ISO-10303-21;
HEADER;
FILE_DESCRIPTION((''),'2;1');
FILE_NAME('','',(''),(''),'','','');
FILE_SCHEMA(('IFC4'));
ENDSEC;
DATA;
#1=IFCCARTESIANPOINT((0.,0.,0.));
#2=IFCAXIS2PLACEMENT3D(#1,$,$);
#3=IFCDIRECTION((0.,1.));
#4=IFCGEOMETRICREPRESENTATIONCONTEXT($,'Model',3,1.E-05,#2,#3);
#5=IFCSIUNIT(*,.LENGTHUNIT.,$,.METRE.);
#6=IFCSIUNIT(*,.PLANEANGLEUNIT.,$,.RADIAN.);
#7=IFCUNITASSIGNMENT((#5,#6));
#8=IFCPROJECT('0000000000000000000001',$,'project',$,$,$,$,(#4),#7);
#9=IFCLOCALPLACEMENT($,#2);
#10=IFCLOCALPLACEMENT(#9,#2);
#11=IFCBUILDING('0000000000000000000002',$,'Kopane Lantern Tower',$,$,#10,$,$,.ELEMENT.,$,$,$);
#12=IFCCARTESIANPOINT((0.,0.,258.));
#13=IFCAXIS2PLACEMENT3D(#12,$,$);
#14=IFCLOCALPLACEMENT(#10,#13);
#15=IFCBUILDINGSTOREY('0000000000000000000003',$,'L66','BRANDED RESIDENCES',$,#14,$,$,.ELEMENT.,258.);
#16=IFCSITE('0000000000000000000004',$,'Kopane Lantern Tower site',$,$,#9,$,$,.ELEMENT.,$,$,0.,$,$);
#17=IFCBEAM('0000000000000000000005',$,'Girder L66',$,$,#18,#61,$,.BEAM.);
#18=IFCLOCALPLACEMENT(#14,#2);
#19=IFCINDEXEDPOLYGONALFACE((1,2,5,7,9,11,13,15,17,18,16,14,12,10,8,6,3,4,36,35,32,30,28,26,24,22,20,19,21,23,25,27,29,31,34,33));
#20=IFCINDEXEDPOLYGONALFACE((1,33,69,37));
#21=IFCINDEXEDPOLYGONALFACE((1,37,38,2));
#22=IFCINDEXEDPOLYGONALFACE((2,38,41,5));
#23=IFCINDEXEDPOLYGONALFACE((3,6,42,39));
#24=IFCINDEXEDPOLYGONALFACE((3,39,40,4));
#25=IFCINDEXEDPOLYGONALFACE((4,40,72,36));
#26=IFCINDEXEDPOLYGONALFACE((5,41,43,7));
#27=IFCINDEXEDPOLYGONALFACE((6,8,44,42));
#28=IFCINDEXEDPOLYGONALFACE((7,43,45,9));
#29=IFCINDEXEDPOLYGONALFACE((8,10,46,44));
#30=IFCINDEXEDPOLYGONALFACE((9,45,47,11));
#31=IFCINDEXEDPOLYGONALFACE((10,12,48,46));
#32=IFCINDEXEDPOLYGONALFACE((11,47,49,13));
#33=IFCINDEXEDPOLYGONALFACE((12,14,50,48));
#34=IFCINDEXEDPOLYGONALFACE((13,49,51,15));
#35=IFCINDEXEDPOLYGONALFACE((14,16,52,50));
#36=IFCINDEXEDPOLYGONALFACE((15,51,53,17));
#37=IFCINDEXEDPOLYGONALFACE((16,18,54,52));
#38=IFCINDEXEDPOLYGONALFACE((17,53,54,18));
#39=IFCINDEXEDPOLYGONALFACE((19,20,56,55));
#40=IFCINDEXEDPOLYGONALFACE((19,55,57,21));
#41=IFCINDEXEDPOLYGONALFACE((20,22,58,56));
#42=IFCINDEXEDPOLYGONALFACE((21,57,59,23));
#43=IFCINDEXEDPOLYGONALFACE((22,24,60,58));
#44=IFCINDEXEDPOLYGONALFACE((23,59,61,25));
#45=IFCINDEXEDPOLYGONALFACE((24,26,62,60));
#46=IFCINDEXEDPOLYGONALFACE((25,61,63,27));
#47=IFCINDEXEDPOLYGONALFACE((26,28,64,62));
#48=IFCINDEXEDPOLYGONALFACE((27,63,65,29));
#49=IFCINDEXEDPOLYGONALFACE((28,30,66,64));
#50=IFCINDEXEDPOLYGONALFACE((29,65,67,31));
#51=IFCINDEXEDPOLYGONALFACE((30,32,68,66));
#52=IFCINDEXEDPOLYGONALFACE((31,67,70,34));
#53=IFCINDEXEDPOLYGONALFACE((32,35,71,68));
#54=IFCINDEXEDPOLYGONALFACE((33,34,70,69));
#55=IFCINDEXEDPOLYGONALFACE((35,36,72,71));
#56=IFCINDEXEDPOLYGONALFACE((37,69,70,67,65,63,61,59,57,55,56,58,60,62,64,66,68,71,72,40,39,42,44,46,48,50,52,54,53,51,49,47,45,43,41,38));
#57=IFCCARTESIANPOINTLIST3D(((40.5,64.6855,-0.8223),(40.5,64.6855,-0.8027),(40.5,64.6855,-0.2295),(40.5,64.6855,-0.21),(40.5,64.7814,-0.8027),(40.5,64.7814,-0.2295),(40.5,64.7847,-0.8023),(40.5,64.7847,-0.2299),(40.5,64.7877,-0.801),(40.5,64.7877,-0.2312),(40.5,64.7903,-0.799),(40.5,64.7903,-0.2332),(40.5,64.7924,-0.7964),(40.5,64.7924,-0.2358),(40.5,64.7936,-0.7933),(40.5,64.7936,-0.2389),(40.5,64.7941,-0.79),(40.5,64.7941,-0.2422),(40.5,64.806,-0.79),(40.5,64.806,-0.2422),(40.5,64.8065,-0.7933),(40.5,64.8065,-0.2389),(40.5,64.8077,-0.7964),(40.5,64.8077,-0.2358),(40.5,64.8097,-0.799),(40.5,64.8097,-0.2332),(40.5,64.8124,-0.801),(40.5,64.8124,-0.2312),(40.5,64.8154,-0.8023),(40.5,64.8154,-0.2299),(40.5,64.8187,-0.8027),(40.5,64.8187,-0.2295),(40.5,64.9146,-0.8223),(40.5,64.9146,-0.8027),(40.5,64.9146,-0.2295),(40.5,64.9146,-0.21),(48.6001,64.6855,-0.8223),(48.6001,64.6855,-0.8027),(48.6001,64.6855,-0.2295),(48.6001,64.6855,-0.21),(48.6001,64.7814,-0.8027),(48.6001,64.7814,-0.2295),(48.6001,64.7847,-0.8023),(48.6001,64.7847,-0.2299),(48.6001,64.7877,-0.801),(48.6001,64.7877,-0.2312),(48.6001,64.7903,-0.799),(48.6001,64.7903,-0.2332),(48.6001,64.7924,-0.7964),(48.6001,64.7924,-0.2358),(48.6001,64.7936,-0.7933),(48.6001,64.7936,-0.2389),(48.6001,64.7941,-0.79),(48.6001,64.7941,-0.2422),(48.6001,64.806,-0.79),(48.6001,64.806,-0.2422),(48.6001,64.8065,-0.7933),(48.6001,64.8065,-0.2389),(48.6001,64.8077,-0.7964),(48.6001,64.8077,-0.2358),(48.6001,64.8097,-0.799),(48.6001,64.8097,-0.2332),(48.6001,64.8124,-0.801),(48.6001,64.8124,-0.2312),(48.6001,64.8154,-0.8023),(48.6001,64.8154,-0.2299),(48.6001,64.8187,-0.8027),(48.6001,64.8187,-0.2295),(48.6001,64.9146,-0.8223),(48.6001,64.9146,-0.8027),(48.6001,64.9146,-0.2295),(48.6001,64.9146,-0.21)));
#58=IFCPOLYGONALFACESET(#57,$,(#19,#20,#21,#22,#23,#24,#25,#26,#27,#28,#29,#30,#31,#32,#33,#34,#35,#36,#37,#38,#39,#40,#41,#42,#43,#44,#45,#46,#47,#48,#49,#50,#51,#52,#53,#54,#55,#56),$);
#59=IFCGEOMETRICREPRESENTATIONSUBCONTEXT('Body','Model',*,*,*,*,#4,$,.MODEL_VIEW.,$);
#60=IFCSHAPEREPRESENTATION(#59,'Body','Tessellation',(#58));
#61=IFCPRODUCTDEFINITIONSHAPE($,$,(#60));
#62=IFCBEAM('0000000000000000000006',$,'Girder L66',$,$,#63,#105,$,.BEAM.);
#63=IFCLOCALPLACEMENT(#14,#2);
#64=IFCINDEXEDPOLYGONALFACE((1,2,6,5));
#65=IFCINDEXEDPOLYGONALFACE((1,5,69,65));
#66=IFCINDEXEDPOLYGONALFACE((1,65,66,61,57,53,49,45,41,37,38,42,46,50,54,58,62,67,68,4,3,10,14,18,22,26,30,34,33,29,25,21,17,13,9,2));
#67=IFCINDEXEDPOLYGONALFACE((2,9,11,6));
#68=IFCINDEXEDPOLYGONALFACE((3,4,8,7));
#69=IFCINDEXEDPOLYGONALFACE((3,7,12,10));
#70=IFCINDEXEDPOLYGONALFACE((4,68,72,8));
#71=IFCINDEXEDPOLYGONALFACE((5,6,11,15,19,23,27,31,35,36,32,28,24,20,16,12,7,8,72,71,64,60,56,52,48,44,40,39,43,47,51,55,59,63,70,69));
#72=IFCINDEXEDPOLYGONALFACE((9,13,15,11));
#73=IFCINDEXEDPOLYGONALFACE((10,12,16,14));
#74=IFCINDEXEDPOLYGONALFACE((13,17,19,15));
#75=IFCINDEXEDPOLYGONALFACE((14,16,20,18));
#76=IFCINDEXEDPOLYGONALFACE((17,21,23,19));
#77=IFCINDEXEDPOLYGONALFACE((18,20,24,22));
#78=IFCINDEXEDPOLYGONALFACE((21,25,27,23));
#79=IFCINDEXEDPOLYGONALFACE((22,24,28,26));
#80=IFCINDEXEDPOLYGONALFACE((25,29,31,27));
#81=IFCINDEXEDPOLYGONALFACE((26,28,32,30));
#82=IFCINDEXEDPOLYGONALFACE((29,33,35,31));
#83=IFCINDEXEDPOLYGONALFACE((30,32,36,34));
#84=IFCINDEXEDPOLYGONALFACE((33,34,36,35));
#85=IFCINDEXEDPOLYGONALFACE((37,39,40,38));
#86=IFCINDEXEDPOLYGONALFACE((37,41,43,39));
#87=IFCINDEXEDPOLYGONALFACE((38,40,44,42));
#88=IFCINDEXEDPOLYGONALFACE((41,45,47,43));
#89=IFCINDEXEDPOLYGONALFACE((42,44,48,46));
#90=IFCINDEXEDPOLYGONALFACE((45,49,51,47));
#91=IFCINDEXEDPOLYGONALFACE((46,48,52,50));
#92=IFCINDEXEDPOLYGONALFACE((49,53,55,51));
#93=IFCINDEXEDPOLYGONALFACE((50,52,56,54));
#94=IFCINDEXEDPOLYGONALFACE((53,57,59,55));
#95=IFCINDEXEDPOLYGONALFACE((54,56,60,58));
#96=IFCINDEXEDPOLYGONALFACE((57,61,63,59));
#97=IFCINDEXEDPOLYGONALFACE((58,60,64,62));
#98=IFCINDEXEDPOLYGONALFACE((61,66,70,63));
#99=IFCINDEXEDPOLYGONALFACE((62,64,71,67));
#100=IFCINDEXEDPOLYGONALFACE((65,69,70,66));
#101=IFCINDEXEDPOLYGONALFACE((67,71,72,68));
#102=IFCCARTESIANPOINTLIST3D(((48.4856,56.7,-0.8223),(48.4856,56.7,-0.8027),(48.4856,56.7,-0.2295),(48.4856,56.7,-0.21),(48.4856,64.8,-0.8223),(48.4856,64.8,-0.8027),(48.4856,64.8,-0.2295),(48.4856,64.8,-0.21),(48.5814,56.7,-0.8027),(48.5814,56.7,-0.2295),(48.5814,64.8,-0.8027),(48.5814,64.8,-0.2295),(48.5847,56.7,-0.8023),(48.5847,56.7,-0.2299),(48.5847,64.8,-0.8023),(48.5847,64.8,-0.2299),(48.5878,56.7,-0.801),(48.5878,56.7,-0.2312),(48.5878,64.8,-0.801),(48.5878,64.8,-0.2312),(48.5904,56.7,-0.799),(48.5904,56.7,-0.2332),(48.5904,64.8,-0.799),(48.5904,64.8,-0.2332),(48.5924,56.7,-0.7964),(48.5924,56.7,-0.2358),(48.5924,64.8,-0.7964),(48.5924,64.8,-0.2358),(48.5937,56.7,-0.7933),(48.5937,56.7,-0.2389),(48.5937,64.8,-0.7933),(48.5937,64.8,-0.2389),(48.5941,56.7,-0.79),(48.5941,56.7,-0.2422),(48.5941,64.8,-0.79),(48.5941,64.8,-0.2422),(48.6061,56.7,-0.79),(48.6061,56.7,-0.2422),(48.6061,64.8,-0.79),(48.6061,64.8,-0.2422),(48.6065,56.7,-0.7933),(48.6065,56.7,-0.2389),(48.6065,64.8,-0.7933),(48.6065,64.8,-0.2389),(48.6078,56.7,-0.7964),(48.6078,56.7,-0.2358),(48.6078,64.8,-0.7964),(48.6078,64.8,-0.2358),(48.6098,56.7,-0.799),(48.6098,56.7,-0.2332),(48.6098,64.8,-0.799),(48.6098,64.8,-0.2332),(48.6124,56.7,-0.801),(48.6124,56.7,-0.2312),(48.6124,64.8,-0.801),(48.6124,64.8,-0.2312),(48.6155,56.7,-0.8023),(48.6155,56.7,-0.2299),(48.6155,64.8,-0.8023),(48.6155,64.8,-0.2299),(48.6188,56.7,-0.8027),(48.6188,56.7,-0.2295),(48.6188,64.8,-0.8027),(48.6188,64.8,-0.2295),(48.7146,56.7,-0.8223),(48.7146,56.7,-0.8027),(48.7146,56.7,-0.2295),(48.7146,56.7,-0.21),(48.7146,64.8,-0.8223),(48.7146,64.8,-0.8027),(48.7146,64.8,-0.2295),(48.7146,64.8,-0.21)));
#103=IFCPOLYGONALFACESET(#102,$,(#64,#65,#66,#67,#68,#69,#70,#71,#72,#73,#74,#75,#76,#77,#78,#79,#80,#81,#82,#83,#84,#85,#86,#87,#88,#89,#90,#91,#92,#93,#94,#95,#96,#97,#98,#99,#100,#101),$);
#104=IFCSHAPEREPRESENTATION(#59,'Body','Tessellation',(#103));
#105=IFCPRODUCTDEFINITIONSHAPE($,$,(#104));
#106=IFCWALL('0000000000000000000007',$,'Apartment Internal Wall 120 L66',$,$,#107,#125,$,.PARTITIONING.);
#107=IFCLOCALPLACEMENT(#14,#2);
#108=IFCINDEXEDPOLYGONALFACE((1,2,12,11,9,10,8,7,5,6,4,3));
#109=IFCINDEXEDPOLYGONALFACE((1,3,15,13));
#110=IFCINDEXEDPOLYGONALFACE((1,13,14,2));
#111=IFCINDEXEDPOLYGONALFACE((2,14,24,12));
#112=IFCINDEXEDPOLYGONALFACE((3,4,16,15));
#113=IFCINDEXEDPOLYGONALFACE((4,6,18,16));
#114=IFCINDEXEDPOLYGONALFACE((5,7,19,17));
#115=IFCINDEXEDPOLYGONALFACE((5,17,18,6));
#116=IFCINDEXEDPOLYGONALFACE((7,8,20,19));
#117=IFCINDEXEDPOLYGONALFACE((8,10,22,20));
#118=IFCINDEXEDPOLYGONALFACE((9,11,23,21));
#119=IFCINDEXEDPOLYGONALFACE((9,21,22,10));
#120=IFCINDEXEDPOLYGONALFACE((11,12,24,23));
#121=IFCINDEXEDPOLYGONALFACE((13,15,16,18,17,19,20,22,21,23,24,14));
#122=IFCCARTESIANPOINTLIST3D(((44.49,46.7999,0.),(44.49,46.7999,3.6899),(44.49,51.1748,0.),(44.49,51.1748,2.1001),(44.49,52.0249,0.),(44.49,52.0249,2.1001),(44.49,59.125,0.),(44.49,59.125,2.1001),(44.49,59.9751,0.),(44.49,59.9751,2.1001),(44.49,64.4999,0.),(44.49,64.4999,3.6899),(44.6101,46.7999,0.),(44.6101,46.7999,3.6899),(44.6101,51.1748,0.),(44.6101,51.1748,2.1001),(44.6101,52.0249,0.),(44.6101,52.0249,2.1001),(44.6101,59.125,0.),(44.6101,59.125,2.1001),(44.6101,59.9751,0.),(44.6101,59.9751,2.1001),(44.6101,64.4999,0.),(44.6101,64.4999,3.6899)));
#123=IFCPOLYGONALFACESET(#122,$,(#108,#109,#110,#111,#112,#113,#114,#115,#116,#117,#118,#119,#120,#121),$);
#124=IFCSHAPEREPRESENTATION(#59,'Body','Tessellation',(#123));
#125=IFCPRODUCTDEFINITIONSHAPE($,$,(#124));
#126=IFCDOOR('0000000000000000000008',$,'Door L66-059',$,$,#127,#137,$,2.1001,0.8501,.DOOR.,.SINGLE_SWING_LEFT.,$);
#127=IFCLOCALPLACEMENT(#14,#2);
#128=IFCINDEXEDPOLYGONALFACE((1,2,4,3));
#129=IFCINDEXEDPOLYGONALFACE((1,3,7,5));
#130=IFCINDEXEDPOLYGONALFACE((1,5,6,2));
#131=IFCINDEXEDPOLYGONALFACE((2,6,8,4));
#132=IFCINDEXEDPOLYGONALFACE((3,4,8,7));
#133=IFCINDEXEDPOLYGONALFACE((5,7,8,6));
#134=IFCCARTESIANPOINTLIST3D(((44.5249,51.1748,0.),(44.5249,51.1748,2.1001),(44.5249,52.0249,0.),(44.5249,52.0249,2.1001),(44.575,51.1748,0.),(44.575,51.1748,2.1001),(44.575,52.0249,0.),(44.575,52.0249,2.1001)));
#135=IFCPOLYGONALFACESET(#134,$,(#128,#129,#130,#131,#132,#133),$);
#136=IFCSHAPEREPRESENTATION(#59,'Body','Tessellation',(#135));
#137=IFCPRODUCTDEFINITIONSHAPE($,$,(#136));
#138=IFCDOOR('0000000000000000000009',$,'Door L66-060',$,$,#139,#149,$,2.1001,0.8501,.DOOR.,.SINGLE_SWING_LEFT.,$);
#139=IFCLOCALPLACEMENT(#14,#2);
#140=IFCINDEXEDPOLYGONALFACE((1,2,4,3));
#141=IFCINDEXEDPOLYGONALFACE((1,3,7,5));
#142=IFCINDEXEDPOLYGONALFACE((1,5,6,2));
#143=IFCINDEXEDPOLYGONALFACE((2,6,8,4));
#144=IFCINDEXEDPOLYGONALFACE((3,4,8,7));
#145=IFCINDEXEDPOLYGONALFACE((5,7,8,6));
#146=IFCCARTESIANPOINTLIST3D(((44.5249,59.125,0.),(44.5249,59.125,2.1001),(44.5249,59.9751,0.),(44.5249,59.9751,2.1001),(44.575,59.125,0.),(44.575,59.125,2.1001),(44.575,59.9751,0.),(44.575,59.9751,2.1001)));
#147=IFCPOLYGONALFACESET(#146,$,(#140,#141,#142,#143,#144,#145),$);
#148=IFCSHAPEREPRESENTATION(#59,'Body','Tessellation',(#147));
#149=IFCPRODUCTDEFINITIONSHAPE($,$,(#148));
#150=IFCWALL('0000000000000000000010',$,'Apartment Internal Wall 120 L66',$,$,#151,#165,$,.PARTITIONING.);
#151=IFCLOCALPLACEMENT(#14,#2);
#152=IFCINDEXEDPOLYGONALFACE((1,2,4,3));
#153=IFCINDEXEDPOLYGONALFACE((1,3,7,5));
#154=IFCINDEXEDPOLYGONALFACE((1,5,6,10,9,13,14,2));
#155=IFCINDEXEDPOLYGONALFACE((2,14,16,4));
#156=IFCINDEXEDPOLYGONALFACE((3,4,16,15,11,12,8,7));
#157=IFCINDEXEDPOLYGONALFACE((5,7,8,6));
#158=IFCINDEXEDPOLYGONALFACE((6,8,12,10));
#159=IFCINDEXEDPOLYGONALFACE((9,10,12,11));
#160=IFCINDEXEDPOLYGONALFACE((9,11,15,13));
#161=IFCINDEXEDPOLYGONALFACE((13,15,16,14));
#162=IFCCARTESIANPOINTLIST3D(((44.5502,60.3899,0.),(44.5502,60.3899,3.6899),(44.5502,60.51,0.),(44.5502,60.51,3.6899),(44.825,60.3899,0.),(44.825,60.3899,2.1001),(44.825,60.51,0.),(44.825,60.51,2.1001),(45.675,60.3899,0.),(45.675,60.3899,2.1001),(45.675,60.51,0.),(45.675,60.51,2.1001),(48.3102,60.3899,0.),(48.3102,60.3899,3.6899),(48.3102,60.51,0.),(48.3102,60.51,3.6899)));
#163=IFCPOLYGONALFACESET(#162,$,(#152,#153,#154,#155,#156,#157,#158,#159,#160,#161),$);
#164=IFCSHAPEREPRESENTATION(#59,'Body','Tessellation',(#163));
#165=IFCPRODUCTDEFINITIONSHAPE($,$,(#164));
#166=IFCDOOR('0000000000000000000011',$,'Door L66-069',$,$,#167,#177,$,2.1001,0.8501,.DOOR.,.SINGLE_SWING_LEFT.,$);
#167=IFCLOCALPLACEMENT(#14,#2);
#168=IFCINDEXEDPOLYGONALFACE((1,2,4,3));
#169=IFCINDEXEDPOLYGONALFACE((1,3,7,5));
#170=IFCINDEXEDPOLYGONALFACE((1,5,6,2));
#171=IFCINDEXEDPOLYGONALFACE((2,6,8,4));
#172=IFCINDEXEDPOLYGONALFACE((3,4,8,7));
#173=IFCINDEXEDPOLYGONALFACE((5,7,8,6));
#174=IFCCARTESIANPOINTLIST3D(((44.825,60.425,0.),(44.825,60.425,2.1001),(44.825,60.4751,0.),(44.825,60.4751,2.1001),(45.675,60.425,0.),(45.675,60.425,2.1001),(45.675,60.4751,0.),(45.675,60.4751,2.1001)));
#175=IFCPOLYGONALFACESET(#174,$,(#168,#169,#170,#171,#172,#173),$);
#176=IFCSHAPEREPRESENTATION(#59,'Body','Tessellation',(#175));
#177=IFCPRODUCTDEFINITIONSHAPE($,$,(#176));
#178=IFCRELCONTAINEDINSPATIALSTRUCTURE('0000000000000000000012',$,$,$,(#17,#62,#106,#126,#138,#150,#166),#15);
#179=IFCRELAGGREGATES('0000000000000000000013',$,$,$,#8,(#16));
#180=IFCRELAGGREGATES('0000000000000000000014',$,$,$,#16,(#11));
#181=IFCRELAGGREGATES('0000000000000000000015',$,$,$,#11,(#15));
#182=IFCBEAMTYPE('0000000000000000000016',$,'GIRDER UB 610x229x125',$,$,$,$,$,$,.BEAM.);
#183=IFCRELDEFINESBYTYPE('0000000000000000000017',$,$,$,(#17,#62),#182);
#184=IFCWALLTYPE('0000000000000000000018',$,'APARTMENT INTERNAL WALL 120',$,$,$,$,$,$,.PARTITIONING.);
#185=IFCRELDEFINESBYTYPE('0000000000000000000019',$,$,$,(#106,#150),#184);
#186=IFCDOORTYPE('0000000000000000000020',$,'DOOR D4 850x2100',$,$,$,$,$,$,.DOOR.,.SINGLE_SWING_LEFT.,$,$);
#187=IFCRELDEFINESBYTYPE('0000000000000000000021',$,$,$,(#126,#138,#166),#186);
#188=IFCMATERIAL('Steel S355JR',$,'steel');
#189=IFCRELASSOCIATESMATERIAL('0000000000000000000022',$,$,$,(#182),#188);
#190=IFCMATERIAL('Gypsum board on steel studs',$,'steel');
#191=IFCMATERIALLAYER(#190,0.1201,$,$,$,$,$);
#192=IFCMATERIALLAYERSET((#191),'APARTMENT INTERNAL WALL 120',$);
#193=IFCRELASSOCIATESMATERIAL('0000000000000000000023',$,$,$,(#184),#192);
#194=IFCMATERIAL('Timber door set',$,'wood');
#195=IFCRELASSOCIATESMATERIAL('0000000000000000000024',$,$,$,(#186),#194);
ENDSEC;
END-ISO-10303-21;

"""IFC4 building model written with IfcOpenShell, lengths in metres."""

from ifc_helpers import new_model, si_unit, direction, frame, frame_2d, origin, origin_2d, place, context, subcontext, project, spatial, rectangle, i_section, extrude, material, layer, layer_set, material_profile, profile_set, type_object, element, fill, save


model = new_model("IFC4")

# Units and contexts
model_context = context("Model", 3, precision=1e-05, world=origin(), true_north=direction((0.0, 1.0)))
body_context = subcontext(model_context, "Body", "Model", "MODEL_VIEW")
ifc_project = project(units=[si_unit("LENGTHUNIT", "METRE"), si_unit("PLANEANGLEUNIT", "RADIAN")], contexts=[model_context])

# Site, building, storey
site_placement = place(None, origin())
site = spatial("IfcSite", under=ifc_project, at=site_placement, Name="Kopane Lantern Tower site", CompositionType="ELEMENT", RefElevation=0.0)
building_placement = place(site_placement, origin())
building = spatial("IfcBuilding", under=site, at=building_placement, Name="Kopane Lantern Tower", CompositionType="ELEMENT")
storey_placement = place(building_placement, frame((0.0, 0.0, 258.0)))
storey = spatial("IfcBuildingStorey", under=building, at=storey_placement, Name="L66", Description="BRANDED RESIDENCES", CompositionType="ELEMENT", Elevation=258.0)

# Beams
ifc_material_1 = material(Name="Steel S355JR", Category="steel")
ifc_material_profile_1 = material_profile(ifc_material_1, i_section(OverallWidth=0.229, OverallDepth=0.6123, WebThickness=0.012, FlangeThickness=0.0195, FilletRadius=0.0127, at=origin_2d()), Name="UB 610x229x125")
ifc_profile_set_1 = profile_set([ifc_material_profile_1], Name="Steel S355JR")
beam_type = type_object("IfcBeamType", Name="GIRDER UB 610x229x125", PredefinedType="BEAM", material=ifc_profile_set_1)
for number, where, z_axis, x_axis, name in (
    (1, (40.5, 64.8, -0.5161), (1.0, 0.0, 0.0), (0.0, 1.0, 0.0), "Girder L66"),
    (2, (48.6001, 56.7, -0.5161), (0.0, 1.0, 0.0), (-1.0, 0.0, 0.0), "Girder L66"),
):
    element("IfcBeam", number, at=place(storey_placement, frame(where, z_axis=z_axis, x_axis=x_axis)), inside=storey, type_object=beam_type, Name=name, PredefinedType="BEAM", context=body_context, shape_type="SweptSolid", body=[
        extrude(i_section(OverallWidth=0.229, OverallDepth=0.6123, WebThickness=0.012, FlangeThickness=0.0195, FilletRadius=0.0127, at=origin_2d()), origin(), (0.0, 0.0, 1.0), 8.1001),
    ])

# Wall, openings, doors
ifc_material_2 = material(Name="Gypsum board on steel studs", Category="steel")
ifc_layer_1 = layer(ifc_material_2, 0.1201)
ifc_layer_set_1 = layer_set([ifc_layer_1], Name="APARTMENT INTERNAL WALL 120")
wall_type_1 = type_object("IfcWallType", Name="APARTMENT INTERNAL WALL 120", PredefinedType="PARTITIONING", material=ifc_layer_set_1)
wall_1_placement = place(storey_placement, frame((44.55, 64.5, 0.0), z_axis=(0.0, 0.0, 1.0), x_axis=(0.0, -1.0, 0.0)))
wall_1 = element("IfcWall", 3, at=wall_1_placement, inside=storey, type_object=wall_type_1, Name="Apartment Internal Wall 120 L66", PredefinedType="PARTITIONING", context=body_context, shape_type="SweptSolid", body=[
    extrude(rectangle(XDim=17.7, YDim=0.1201, at=frame_2d((8.8501, 0.0))), origin(), (0.0, 0.0, 1.0), 3.6899),
])
opening_1_placement = place(wall_1_placement, frame((12.4751, 0.0, 0.0)))
opening_1 = element("IfcOpeningElement", 4, at=opening_1_placement, cuts=wall_1, PredefinedType="OPENING", context=body_context, shape_type="SweptSolid", body=[
    extrude(rectangle(XDim=0.8501, YDim=2.1001, at=frame_2d((0.425, 1.05))), frame((0.0, 0.0701, 0.0), z_axis=(0.0, -1.0, 0.0), x_axis=(1.0, 0.0, 0.0)), (0.0, 0.0, 1.0), 0.1401),
])
opening_2_placement = place(wall_1_placement, frame((4.5249, 0.0, 0.0)))
opening_2 = element("IfcOpeningElement", 5, at=opening_2_placement, cuts=wall_1, PredefinedType="OPENING", context=body_context, shape_type="SweptSolid", body=[
    extrude(rectangle(XDim=0.8501, YDim=2.1001, at=frame_2d((0.425, 1.05))), frame((0.0, 0.0701, 0.0), z_axis=(0.0, -1.0, 0.0), x_axis=(1.0, 0.0, 0.0)), (0.0, 0.0, 1.0), 0.1401),
])
ifc_material_3 = material(Name="Timber door set", Category="wood")
door_type = type_object("IfcDoorType", Name="DOOR D4 850x2100", OperationType="SINGLE_SWING_LEFT", PredefinedType="DOOR", material=ifc_material_3)
door_1_placement = place(opening_1_placement, origin())
door_1 = element("IfcDoor", 6, at=door_1_placement, inside=storey, type_object=door_type, Name="Door L66-059", OperationType="SINGLE_SWING_LEFT", OverallHeight=2.1001, OverallWidth=0.8501, PredefinedType="DOOR", context=body_context, shape_type="SweptSolid", body=[
    extrude(rectangle(XDim=0.8501, YDim=2.1001, at=frame_2d((0.425, 1.05))), frame((0.0, 0.0249, 0.0), z_axis=(0.0, -1.0, 0.0), x_axis=(1.0, 0.0, 0.0)), (0.0, 0.0, 1.0), 0.05),
])
fill(opening_1, door_1)
door_2_placement = place(opening_2_placement, origin())
door_2 = element("IfcDoor", 7, at=door_2_placement, inside=storey, type_object=door_type, Name="Door L66-060", OperationType="SINGLE_SWING_LEFT", OverallHeight=2.1001, OverallWidth=0.8501, PredefinedType="DOOR", context=body_context, shape_type="SweptSolid", body=[
    extrude(rectangle(XDim=0.8501, YDim=2.1001, at=frame_2d((0.425, 1.05))), frame((0.0, 0.0249, 0.0), z_axis=(0.0, -1.0, 0.0), x_axis=(1.0, 0.0, 0.0)), (0.0, 0.0, 1.0), 0.05),
])
fill(opening_2, door_2)

# Wall, opening, door
wall_2_placement = place(storey_placement, frame((48.3101, 60.45, 0.0), z_axis=(0.0, 0.0, 1.0), x_axis=(-1.0, 0.0, 0.0)))
wall_2 = element("IfcWall", 8, at=wall_2_placement, inside=storey, type_object=wall_type_1, Name="Apartment Internal Wall 120 L66", PredefinedType="PARTITIONING", context=body_context, shape_type="SweptSolid", body=[
    extrude(rectangle(XDim=3.76, YDim=0.1201, at=frame_2d((1.8799, 0.0))), origin(), (0.0, 0.0, 1.0), 3.6899),
])
opening_3_placement = place(wall_2_placement, frame((2.635, 0.0, 0.0)))
opening_3 = element("IfcOpeningElement", 9, at=opening_3_placement, cuts=wall_2, PredefinedType="OPENING", context=body_context, shape_type="SweptSolid", body=[
    extrude(rectangle(XDim=0.8501, YDim=2.1001, at=frame_2d((0.425, 1.05))), frame((0.0, 0.0701, 0.0), z_axis=(0.0, -1.0, 0.0), x_axis=(1.0, 0.0, 0.0)), (0.0, 0.0, 1.0), 0.1401),
])
door_3_placement = place(opening_3_placement, origin())
door_3 = element("IfcDoor", 10, at=door_3_placement, inside=storey, type_object=door_type, Name="Door L66-069", OperationType="SINGLE_SWING_LEFT", OverallHeight=2.1001, OverallWidth=0.8501, PredefinedType="DOOR", context=body_context, shape_type="SweptSolid", body=[
    extrude(rectangle(XDim=0.8501, YDim=2.1001, at=frame_2d((0.425, 1.05))), frame((0.0, 0.0249, 0.0), z_axis=(0.0, -1.0, 0.0), x_axis=(1.0, 0.0, 0.0)), (0.0, 0.0, 1.0), 0.05),
])
fill(opening_3, door_3)

save(model, "model.ifc")
